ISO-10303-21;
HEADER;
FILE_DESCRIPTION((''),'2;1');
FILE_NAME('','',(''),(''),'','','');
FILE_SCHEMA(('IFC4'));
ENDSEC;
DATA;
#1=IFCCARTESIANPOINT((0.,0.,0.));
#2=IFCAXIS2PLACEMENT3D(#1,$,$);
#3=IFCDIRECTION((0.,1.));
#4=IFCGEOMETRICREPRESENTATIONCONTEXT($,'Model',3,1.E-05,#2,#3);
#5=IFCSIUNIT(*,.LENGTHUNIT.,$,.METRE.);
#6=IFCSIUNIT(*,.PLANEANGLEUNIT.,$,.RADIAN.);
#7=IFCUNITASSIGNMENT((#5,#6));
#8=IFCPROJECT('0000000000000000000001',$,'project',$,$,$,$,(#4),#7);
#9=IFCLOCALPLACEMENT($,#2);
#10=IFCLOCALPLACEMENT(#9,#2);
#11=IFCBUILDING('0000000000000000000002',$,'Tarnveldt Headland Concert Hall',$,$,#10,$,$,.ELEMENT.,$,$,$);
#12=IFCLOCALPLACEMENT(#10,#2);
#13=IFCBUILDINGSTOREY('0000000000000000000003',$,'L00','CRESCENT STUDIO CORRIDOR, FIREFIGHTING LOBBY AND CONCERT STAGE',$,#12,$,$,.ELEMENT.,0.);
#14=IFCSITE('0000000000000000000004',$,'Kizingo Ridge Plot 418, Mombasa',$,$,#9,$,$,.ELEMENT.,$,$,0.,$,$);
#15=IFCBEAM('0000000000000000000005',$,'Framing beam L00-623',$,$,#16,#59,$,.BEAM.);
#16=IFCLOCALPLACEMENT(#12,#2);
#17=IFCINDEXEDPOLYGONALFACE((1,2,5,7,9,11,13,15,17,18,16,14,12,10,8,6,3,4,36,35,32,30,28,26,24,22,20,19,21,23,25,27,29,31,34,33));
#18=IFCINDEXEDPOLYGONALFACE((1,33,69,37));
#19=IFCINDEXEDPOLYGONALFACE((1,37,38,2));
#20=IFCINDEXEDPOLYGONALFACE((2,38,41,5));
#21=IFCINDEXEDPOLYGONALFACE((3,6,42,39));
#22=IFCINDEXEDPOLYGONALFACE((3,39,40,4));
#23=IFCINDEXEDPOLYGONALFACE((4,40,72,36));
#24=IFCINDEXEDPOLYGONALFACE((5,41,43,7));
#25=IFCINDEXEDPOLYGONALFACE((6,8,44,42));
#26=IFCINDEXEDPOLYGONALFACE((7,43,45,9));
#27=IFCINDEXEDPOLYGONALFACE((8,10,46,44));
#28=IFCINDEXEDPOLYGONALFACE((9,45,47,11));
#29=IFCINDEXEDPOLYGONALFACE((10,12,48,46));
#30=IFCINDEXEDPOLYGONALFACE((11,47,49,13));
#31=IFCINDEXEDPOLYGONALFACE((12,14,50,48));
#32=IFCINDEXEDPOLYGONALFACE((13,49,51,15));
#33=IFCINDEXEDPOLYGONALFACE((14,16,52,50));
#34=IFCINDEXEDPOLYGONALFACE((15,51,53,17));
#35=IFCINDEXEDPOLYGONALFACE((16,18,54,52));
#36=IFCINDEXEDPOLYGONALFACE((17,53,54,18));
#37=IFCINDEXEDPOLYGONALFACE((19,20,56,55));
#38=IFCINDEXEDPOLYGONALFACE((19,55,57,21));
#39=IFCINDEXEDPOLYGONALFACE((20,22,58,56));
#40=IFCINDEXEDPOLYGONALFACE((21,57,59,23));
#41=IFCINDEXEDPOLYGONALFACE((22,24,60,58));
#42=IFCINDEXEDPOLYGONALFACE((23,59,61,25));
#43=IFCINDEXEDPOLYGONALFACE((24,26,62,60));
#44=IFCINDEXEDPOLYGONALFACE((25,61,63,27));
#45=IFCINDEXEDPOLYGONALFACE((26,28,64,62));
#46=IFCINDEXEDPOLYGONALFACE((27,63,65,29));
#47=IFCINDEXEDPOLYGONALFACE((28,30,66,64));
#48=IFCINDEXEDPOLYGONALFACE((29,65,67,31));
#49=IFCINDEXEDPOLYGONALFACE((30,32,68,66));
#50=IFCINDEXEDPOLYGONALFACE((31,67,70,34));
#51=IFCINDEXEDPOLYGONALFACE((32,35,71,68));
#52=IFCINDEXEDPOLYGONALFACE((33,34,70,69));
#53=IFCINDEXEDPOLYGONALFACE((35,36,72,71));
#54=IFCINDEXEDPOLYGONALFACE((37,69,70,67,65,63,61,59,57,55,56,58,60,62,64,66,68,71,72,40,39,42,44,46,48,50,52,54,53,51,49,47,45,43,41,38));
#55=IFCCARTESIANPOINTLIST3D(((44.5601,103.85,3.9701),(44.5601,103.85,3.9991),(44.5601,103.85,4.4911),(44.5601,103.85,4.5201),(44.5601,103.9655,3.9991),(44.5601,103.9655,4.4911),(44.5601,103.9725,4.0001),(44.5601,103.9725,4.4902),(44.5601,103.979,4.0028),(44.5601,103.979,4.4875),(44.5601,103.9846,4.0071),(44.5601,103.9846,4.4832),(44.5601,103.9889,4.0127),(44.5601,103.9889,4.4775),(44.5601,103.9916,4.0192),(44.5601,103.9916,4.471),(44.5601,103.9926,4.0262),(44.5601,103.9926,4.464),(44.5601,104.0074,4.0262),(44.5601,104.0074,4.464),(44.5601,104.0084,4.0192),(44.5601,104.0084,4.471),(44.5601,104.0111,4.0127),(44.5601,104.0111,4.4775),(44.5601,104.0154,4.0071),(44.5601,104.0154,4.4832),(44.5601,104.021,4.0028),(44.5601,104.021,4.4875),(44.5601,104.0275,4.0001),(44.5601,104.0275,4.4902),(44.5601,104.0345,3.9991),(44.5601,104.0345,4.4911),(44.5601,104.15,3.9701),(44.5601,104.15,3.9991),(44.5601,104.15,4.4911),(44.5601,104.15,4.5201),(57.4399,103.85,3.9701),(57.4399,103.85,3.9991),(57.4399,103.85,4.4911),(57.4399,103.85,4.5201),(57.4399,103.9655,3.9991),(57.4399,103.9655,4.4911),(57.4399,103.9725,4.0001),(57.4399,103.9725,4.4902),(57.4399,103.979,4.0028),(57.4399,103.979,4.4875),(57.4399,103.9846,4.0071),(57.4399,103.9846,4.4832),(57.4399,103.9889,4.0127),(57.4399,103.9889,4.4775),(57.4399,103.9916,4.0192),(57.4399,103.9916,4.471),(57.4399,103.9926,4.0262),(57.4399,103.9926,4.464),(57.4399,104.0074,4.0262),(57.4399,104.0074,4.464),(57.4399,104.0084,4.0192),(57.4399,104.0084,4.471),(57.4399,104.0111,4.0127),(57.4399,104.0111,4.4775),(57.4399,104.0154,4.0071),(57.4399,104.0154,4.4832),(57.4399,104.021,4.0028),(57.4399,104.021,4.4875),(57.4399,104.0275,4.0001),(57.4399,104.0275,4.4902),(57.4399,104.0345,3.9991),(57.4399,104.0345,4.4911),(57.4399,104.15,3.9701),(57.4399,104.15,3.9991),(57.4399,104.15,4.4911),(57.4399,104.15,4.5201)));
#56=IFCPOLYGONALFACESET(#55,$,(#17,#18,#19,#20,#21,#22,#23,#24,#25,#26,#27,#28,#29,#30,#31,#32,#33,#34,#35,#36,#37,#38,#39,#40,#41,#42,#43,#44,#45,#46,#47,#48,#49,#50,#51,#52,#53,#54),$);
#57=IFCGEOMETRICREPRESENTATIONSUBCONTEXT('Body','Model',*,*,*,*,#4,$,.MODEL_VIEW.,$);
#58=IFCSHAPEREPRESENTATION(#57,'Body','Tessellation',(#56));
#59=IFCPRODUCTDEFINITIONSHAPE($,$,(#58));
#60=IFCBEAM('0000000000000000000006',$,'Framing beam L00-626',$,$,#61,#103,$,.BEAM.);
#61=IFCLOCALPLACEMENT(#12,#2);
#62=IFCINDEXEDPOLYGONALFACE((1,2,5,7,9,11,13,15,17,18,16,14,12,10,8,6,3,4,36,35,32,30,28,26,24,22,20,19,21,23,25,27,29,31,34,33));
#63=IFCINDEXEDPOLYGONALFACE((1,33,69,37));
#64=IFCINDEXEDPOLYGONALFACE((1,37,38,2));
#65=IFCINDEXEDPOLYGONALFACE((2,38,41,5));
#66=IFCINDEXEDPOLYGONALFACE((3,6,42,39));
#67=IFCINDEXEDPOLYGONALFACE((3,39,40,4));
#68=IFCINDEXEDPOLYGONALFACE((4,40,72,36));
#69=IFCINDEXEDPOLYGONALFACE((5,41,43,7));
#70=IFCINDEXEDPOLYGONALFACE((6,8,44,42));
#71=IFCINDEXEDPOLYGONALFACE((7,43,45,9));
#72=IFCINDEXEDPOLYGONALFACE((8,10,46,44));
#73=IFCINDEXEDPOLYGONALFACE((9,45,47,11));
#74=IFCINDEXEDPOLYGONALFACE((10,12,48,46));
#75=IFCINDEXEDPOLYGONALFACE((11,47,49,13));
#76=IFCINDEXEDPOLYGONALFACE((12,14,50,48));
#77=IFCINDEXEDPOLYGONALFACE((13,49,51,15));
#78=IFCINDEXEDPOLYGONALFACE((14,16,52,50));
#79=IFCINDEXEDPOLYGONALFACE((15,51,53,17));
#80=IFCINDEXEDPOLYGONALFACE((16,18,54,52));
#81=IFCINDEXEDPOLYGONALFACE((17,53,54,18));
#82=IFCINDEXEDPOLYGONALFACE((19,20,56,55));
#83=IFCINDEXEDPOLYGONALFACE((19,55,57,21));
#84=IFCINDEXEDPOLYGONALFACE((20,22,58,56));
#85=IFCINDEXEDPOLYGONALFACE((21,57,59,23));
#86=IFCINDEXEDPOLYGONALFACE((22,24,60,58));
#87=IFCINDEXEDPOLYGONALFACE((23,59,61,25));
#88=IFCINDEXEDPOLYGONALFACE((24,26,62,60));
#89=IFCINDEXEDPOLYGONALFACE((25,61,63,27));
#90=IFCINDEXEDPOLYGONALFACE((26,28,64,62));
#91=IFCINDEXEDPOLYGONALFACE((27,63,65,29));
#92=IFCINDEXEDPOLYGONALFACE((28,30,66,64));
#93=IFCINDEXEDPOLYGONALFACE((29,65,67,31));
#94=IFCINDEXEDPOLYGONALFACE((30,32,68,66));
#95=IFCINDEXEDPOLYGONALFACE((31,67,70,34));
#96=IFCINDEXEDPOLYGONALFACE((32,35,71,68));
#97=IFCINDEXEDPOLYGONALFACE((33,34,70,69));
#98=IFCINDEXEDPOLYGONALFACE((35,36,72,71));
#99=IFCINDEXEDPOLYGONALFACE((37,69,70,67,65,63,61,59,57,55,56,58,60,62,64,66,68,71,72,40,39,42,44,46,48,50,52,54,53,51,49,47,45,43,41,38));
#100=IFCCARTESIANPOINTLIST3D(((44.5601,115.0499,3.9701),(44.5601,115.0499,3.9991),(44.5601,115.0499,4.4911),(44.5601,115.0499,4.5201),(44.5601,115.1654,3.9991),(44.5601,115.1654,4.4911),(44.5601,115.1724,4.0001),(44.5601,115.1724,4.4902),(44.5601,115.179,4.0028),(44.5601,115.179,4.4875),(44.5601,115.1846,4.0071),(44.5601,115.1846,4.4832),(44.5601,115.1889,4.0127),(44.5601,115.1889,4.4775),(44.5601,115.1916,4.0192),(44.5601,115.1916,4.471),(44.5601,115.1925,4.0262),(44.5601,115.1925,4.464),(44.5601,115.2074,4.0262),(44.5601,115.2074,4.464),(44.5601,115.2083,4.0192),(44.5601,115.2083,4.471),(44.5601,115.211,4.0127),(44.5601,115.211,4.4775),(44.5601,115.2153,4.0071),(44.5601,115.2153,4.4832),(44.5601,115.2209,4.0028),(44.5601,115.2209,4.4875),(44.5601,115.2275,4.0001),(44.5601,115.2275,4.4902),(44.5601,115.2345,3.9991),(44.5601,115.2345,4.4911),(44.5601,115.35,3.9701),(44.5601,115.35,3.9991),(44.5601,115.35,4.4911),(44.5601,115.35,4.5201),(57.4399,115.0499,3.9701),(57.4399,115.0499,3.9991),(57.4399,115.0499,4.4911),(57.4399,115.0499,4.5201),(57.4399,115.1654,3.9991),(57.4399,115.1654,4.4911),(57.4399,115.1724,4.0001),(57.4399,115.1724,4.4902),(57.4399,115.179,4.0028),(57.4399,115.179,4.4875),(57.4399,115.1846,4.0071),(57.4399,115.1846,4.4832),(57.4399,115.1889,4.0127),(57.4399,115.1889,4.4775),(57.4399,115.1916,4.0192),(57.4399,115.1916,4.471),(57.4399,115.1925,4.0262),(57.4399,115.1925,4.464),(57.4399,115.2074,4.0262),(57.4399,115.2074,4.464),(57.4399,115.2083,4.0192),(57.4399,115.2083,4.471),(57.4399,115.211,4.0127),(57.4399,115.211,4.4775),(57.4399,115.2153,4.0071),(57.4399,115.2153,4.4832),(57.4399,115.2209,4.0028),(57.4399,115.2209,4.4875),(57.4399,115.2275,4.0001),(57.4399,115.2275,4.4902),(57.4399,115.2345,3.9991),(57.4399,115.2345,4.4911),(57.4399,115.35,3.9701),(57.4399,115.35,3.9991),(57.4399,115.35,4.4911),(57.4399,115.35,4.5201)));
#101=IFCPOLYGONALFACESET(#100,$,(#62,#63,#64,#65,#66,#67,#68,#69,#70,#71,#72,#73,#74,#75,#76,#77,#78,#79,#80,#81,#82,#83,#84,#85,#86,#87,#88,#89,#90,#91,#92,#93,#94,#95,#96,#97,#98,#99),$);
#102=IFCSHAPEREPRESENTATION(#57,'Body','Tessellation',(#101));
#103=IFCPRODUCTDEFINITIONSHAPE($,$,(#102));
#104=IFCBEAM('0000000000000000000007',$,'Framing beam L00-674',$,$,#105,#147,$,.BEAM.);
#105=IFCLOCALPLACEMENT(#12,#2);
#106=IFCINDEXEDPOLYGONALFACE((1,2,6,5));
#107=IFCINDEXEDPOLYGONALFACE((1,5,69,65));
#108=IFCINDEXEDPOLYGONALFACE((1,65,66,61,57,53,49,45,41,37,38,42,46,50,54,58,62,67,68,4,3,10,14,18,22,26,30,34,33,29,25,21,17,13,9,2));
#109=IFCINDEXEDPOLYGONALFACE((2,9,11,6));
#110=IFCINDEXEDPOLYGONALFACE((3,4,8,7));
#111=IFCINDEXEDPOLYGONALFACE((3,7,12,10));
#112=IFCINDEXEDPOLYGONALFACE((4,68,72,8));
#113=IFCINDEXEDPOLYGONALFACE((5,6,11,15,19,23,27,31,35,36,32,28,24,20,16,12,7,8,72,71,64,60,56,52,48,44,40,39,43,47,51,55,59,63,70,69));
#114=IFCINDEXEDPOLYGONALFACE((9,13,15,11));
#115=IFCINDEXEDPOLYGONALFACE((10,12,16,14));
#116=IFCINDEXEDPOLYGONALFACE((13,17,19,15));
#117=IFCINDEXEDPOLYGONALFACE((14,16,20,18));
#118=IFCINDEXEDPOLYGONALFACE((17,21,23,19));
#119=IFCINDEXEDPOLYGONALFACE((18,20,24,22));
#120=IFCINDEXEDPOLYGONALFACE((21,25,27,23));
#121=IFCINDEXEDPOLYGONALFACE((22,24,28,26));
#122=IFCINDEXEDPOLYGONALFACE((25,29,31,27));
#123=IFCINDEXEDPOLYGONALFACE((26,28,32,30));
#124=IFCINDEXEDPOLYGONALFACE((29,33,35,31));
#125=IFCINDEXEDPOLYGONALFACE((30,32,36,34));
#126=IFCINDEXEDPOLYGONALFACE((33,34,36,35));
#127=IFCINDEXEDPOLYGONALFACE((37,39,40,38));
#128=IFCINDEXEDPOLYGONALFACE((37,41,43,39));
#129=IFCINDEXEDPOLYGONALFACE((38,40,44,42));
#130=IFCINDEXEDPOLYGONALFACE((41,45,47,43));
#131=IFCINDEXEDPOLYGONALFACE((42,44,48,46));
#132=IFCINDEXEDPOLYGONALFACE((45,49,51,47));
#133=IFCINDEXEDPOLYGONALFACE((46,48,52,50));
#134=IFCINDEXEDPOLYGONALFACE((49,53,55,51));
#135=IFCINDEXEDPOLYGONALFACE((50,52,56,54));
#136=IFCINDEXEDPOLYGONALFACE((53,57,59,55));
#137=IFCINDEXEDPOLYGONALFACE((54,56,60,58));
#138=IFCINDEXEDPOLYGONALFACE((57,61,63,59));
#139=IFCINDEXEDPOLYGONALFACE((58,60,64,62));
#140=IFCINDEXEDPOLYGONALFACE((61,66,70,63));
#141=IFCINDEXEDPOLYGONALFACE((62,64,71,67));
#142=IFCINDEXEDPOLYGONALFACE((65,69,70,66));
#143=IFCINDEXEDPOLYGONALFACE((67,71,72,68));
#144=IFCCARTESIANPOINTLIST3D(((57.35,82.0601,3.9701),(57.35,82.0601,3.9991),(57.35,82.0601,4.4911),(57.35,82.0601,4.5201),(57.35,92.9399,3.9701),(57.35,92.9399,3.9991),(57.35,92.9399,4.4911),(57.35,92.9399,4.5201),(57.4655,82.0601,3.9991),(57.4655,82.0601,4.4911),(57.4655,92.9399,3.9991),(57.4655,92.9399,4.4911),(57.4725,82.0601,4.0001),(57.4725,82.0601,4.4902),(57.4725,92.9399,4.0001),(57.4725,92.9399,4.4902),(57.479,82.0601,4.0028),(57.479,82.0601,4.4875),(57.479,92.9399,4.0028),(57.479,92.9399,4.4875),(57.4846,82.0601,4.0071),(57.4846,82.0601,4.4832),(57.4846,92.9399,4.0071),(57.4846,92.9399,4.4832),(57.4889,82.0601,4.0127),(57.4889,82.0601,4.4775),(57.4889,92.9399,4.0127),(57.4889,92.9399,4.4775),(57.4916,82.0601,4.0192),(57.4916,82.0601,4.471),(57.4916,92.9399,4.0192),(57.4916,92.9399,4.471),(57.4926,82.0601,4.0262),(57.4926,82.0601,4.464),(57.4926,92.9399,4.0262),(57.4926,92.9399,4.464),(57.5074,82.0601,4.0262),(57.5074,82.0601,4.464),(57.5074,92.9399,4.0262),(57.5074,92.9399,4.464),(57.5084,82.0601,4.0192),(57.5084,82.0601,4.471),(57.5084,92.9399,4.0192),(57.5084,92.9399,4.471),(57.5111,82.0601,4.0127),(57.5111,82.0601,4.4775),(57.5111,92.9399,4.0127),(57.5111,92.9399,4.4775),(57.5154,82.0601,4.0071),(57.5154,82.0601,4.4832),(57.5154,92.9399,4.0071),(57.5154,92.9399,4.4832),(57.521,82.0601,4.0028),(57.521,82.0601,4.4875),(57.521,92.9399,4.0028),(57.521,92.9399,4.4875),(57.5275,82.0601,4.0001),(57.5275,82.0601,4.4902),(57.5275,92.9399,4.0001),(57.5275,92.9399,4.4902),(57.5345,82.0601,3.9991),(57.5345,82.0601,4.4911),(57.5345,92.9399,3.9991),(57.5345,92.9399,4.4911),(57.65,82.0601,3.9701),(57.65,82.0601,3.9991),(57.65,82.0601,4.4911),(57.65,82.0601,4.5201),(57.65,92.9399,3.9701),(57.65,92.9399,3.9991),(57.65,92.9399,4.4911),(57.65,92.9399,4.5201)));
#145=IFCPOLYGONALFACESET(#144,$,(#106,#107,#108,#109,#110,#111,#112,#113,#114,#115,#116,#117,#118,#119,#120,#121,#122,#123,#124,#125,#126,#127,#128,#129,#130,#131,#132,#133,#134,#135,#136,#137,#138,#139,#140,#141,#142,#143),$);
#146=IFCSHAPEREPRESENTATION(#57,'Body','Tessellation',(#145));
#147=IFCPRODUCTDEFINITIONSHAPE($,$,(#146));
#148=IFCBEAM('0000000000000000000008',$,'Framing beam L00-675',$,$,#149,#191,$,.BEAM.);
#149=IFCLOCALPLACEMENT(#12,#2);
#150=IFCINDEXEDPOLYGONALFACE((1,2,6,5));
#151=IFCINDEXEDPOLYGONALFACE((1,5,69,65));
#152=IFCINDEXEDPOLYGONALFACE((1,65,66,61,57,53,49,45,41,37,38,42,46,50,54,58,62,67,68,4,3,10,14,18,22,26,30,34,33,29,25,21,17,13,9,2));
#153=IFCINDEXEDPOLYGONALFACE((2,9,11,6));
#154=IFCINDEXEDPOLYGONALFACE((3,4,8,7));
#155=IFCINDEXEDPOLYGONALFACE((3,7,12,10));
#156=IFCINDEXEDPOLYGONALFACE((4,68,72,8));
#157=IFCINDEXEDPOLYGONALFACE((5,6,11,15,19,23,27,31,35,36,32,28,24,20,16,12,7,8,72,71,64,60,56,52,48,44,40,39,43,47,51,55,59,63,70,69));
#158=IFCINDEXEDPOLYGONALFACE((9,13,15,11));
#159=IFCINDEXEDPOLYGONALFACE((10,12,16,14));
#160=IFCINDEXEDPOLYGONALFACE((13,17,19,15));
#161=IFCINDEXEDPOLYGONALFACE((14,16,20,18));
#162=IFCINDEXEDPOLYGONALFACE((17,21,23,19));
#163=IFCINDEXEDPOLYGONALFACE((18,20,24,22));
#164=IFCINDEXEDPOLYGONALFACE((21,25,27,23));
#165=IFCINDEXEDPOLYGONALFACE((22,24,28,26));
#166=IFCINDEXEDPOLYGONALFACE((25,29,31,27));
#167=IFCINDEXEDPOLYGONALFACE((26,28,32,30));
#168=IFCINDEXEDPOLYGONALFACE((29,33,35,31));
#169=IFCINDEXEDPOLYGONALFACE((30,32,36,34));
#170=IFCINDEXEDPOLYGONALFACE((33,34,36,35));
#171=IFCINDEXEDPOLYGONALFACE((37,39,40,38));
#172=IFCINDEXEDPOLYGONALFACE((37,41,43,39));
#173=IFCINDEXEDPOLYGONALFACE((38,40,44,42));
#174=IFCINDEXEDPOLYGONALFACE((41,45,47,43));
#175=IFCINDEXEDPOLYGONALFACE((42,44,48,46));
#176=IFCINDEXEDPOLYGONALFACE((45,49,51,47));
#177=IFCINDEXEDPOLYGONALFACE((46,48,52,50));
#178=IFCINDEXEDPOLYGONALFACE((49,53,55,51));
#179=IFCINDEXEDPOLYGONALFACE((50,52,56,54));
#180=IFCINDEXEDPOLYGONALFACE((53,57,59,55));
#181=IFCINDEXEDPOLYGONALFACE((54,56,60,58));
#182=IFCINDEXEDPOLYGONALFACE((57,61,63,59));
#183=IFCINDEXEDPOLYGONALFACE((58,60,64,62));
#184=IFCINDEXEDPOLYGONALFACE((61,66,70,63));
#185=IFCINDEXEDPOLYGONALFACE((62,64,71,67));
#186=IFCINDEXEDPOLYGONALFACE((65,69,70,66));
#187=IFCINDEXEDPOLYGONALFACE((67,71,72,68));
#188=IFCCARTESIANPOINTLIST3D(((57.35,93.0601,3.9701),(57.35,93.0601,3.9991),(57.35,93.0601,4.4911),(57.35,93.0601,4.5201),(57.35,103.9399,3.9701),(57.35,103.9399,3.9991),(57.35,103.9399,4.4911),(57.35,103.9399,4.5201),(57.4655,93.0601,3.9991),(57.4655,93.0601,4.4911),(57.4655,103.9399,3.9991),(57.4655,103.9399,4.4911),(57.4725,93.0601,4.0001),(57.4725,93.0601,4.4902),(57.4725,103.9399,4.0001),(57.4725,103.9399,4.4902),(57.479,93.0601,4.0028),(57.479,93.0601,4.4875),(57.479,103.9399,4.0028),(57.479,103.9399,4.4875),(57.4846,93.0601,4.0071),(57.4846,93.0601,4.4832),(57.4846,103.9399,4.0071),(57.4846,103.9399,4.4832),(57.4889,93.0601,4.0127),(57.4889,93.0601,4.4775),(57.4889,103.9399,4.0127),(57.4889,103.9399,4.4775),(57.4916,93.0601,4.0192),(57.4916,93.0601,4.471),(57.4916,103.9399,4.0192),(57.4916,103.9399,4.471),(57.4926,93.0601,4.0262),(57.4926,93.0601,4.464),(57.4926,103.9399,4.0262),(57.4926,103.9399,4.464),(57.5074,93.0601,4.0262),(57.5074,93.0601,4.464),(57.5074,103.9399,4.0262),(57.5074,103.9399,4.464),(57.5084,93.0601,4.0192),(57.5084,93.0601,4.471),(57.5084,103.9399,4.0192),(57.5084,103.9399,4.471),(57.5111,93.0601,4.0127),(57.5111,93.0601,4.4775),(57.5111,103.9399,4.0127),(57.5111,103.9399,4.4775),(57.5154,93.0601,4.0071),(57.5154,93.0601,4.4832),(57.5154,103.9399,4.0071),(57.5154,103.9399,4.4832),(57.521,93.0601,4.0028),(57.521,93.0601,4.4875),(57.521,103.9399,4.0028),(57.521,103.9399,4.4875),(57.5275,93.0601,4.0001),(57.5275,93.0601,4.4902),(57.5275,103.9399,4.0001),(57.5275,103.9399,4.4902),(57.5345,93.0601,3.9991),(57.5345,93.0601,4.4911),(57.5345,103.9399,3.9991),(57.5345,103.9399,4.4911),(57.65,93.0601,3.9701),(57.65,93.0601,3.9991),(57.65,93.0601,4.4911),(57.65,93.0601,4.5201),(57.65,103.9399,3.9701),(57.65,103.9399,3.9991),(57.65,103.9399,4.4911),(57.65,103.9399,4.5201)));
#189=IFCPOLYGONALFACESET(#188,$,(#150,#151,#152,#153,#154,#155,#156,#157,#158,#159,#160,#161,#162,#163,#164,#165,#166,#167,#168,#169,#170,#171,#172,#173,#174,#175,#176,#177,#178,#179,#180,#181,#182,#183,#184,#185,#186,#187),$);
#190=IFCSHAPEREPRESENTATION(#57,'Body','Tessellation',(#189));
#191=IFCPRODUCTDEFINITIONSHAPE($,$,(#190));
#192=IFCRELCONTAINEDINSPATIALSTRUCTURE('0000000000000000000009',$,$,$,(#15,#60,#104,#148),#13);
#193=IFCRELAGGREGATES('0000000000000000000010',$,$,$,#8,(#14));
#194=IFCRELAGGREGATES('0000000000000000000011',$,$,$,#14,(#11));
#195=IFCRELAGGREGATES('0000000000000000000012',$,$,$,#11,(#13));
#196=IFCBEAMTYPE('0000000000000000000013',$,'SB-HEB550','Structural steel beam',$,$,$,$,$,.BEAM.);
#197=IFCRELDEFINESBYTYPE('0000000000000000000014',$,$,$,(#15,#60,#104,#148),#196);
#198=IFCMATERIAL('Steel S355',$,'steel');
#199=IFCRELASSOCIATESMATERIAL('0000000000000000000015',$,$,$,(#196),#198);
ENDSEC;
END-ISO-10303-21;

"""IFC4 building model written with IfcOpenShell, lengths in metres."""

from ifc_helpers import new_model, si_unit, direction, frame, origin, origin_2d, place, context, subcontext, project, spatial, i_section, extrude, material, material_profile, profile_set, type_object, element, save


model = new_model("IFC4")

# Units and contexts
model_context = context("Model", 3, precision=1e-05, world=origin(), true_north=direction((0.0, 1.0)))
body_context = subcontext(model_context, "Body", "Model", "MODEL_VIEW")
ifc_project = project(units=[si_unit("LENGTHUNIT", "METRE"), si_unit("PLANEANGLEUNIT", "RADIAN")], contexts=[model_context])

# Site, building, storey
site_placement = place(None, origin())
site = spatial("IfcSite", under=ifc_project, at=site_placement, Name="Kizingo Ridge Plot 418, Mombasa", CompositionType="ELEMENT", RefElevation=0.0)
building_placement = place(site_placement, origin())
building = spatial("IfcBuilding", under=site, at=building_placement, Name="Tarnveldt Headland Concert Hall", CompositionType="ELEMENT")
storey_placement = place(building_placement, origin())
storey = spatial("IfcBuildingStorey", under=building, at=storey_placement, Name="L00", Description="CRESCENT STUDIO CORRIDOR, FIREFIGHTING LOBBY AND CONCERT STAGE", CompositionType="ELEMENT", Elevation=0.0)

# Beams
ifc_material_1 = material(Name="Steel S355", Category="steel")
ifc_material_profile_1 = material_profile(ifc_material_1, i_section(OverallWidth=0.3, OverallDepth=0.55, WebThickness=0.0149, FlangeThickness=0.0291, FilletRadius=0.0271, at=origin_2d()), Name="HEB550", Category="steel")
ifc_profile_set_1 = profile_set([ifc_material_profile_1], Name="Steel S355")
beam_type_1 = type_object("IfcBeamType", Name="SB-HEB550", Description="Structural steel beam", PredefinedType="BEAM", material=ifc_profile_set_1)
for number, where, z_axis, x_axis, name in (
    (1, (44.5601, 104.0, 4.2451), (1.0, 0.0, 0.0), (0.0, 1.0, 0.0), "Framing beam L00-623"),
    (2, (44.5601, 115.2, 4.2451), (1.0, 0.0, 0.0), (0.0, 1.0, 0.0), "Framing beam L00-626"),
):
    element("IfcBeam", number, at=place(storey_placement, frame(where, z_axis=z_axis, x_axis=x_axis)), inside=storey, type_object=beam_type_1, Name=name, PredefinedType="BEAM", context=body_context, shape_type="SweptSolid", body=[
        extrude(i_section(OverallWidth=0.3, OverallDepth=0.55, WebThickness=0.0149, FlangeThickness=0.0291, FilletRadius=0.0271, at=origin_2d()), origin(), (0.0, 0.0, 1.0), 12.8799),
    ])
for number, where, z_axis, x_axis, name in (
    (3, (57.5, 82.0601, 4.2451), (0.0, 1.0, 0.0), (-1.0, 0.0, 0.0), "Framing beam L00-674"),
    (4, (57.5, 93.0601, 4.2451), (0.0, 1.0, 0.0), (-1.0, 0.0, 0.0), "Framing beam L00-675"),
):
    element("IfcBeam", number, at=place(storey_placement, frame(where, z_axis=z_axis, x_axis=x_axis)), inside=storey, type_object=beam_type_1, Name=name, PredefinedType="BEAM", context=body_context, shape_type="SweptSolid", body=[
        extrude(i_section(OverallWidth=0.3, OverallDepth=0.55, WebThickness=0.0149, FlangeThickness=0.0291, FilletRadius=0.0271, at=origin_2d()), origin(), (0.0, 0.0, 1.0), 10.8799),
    ])

save(model, "model.ifc")
